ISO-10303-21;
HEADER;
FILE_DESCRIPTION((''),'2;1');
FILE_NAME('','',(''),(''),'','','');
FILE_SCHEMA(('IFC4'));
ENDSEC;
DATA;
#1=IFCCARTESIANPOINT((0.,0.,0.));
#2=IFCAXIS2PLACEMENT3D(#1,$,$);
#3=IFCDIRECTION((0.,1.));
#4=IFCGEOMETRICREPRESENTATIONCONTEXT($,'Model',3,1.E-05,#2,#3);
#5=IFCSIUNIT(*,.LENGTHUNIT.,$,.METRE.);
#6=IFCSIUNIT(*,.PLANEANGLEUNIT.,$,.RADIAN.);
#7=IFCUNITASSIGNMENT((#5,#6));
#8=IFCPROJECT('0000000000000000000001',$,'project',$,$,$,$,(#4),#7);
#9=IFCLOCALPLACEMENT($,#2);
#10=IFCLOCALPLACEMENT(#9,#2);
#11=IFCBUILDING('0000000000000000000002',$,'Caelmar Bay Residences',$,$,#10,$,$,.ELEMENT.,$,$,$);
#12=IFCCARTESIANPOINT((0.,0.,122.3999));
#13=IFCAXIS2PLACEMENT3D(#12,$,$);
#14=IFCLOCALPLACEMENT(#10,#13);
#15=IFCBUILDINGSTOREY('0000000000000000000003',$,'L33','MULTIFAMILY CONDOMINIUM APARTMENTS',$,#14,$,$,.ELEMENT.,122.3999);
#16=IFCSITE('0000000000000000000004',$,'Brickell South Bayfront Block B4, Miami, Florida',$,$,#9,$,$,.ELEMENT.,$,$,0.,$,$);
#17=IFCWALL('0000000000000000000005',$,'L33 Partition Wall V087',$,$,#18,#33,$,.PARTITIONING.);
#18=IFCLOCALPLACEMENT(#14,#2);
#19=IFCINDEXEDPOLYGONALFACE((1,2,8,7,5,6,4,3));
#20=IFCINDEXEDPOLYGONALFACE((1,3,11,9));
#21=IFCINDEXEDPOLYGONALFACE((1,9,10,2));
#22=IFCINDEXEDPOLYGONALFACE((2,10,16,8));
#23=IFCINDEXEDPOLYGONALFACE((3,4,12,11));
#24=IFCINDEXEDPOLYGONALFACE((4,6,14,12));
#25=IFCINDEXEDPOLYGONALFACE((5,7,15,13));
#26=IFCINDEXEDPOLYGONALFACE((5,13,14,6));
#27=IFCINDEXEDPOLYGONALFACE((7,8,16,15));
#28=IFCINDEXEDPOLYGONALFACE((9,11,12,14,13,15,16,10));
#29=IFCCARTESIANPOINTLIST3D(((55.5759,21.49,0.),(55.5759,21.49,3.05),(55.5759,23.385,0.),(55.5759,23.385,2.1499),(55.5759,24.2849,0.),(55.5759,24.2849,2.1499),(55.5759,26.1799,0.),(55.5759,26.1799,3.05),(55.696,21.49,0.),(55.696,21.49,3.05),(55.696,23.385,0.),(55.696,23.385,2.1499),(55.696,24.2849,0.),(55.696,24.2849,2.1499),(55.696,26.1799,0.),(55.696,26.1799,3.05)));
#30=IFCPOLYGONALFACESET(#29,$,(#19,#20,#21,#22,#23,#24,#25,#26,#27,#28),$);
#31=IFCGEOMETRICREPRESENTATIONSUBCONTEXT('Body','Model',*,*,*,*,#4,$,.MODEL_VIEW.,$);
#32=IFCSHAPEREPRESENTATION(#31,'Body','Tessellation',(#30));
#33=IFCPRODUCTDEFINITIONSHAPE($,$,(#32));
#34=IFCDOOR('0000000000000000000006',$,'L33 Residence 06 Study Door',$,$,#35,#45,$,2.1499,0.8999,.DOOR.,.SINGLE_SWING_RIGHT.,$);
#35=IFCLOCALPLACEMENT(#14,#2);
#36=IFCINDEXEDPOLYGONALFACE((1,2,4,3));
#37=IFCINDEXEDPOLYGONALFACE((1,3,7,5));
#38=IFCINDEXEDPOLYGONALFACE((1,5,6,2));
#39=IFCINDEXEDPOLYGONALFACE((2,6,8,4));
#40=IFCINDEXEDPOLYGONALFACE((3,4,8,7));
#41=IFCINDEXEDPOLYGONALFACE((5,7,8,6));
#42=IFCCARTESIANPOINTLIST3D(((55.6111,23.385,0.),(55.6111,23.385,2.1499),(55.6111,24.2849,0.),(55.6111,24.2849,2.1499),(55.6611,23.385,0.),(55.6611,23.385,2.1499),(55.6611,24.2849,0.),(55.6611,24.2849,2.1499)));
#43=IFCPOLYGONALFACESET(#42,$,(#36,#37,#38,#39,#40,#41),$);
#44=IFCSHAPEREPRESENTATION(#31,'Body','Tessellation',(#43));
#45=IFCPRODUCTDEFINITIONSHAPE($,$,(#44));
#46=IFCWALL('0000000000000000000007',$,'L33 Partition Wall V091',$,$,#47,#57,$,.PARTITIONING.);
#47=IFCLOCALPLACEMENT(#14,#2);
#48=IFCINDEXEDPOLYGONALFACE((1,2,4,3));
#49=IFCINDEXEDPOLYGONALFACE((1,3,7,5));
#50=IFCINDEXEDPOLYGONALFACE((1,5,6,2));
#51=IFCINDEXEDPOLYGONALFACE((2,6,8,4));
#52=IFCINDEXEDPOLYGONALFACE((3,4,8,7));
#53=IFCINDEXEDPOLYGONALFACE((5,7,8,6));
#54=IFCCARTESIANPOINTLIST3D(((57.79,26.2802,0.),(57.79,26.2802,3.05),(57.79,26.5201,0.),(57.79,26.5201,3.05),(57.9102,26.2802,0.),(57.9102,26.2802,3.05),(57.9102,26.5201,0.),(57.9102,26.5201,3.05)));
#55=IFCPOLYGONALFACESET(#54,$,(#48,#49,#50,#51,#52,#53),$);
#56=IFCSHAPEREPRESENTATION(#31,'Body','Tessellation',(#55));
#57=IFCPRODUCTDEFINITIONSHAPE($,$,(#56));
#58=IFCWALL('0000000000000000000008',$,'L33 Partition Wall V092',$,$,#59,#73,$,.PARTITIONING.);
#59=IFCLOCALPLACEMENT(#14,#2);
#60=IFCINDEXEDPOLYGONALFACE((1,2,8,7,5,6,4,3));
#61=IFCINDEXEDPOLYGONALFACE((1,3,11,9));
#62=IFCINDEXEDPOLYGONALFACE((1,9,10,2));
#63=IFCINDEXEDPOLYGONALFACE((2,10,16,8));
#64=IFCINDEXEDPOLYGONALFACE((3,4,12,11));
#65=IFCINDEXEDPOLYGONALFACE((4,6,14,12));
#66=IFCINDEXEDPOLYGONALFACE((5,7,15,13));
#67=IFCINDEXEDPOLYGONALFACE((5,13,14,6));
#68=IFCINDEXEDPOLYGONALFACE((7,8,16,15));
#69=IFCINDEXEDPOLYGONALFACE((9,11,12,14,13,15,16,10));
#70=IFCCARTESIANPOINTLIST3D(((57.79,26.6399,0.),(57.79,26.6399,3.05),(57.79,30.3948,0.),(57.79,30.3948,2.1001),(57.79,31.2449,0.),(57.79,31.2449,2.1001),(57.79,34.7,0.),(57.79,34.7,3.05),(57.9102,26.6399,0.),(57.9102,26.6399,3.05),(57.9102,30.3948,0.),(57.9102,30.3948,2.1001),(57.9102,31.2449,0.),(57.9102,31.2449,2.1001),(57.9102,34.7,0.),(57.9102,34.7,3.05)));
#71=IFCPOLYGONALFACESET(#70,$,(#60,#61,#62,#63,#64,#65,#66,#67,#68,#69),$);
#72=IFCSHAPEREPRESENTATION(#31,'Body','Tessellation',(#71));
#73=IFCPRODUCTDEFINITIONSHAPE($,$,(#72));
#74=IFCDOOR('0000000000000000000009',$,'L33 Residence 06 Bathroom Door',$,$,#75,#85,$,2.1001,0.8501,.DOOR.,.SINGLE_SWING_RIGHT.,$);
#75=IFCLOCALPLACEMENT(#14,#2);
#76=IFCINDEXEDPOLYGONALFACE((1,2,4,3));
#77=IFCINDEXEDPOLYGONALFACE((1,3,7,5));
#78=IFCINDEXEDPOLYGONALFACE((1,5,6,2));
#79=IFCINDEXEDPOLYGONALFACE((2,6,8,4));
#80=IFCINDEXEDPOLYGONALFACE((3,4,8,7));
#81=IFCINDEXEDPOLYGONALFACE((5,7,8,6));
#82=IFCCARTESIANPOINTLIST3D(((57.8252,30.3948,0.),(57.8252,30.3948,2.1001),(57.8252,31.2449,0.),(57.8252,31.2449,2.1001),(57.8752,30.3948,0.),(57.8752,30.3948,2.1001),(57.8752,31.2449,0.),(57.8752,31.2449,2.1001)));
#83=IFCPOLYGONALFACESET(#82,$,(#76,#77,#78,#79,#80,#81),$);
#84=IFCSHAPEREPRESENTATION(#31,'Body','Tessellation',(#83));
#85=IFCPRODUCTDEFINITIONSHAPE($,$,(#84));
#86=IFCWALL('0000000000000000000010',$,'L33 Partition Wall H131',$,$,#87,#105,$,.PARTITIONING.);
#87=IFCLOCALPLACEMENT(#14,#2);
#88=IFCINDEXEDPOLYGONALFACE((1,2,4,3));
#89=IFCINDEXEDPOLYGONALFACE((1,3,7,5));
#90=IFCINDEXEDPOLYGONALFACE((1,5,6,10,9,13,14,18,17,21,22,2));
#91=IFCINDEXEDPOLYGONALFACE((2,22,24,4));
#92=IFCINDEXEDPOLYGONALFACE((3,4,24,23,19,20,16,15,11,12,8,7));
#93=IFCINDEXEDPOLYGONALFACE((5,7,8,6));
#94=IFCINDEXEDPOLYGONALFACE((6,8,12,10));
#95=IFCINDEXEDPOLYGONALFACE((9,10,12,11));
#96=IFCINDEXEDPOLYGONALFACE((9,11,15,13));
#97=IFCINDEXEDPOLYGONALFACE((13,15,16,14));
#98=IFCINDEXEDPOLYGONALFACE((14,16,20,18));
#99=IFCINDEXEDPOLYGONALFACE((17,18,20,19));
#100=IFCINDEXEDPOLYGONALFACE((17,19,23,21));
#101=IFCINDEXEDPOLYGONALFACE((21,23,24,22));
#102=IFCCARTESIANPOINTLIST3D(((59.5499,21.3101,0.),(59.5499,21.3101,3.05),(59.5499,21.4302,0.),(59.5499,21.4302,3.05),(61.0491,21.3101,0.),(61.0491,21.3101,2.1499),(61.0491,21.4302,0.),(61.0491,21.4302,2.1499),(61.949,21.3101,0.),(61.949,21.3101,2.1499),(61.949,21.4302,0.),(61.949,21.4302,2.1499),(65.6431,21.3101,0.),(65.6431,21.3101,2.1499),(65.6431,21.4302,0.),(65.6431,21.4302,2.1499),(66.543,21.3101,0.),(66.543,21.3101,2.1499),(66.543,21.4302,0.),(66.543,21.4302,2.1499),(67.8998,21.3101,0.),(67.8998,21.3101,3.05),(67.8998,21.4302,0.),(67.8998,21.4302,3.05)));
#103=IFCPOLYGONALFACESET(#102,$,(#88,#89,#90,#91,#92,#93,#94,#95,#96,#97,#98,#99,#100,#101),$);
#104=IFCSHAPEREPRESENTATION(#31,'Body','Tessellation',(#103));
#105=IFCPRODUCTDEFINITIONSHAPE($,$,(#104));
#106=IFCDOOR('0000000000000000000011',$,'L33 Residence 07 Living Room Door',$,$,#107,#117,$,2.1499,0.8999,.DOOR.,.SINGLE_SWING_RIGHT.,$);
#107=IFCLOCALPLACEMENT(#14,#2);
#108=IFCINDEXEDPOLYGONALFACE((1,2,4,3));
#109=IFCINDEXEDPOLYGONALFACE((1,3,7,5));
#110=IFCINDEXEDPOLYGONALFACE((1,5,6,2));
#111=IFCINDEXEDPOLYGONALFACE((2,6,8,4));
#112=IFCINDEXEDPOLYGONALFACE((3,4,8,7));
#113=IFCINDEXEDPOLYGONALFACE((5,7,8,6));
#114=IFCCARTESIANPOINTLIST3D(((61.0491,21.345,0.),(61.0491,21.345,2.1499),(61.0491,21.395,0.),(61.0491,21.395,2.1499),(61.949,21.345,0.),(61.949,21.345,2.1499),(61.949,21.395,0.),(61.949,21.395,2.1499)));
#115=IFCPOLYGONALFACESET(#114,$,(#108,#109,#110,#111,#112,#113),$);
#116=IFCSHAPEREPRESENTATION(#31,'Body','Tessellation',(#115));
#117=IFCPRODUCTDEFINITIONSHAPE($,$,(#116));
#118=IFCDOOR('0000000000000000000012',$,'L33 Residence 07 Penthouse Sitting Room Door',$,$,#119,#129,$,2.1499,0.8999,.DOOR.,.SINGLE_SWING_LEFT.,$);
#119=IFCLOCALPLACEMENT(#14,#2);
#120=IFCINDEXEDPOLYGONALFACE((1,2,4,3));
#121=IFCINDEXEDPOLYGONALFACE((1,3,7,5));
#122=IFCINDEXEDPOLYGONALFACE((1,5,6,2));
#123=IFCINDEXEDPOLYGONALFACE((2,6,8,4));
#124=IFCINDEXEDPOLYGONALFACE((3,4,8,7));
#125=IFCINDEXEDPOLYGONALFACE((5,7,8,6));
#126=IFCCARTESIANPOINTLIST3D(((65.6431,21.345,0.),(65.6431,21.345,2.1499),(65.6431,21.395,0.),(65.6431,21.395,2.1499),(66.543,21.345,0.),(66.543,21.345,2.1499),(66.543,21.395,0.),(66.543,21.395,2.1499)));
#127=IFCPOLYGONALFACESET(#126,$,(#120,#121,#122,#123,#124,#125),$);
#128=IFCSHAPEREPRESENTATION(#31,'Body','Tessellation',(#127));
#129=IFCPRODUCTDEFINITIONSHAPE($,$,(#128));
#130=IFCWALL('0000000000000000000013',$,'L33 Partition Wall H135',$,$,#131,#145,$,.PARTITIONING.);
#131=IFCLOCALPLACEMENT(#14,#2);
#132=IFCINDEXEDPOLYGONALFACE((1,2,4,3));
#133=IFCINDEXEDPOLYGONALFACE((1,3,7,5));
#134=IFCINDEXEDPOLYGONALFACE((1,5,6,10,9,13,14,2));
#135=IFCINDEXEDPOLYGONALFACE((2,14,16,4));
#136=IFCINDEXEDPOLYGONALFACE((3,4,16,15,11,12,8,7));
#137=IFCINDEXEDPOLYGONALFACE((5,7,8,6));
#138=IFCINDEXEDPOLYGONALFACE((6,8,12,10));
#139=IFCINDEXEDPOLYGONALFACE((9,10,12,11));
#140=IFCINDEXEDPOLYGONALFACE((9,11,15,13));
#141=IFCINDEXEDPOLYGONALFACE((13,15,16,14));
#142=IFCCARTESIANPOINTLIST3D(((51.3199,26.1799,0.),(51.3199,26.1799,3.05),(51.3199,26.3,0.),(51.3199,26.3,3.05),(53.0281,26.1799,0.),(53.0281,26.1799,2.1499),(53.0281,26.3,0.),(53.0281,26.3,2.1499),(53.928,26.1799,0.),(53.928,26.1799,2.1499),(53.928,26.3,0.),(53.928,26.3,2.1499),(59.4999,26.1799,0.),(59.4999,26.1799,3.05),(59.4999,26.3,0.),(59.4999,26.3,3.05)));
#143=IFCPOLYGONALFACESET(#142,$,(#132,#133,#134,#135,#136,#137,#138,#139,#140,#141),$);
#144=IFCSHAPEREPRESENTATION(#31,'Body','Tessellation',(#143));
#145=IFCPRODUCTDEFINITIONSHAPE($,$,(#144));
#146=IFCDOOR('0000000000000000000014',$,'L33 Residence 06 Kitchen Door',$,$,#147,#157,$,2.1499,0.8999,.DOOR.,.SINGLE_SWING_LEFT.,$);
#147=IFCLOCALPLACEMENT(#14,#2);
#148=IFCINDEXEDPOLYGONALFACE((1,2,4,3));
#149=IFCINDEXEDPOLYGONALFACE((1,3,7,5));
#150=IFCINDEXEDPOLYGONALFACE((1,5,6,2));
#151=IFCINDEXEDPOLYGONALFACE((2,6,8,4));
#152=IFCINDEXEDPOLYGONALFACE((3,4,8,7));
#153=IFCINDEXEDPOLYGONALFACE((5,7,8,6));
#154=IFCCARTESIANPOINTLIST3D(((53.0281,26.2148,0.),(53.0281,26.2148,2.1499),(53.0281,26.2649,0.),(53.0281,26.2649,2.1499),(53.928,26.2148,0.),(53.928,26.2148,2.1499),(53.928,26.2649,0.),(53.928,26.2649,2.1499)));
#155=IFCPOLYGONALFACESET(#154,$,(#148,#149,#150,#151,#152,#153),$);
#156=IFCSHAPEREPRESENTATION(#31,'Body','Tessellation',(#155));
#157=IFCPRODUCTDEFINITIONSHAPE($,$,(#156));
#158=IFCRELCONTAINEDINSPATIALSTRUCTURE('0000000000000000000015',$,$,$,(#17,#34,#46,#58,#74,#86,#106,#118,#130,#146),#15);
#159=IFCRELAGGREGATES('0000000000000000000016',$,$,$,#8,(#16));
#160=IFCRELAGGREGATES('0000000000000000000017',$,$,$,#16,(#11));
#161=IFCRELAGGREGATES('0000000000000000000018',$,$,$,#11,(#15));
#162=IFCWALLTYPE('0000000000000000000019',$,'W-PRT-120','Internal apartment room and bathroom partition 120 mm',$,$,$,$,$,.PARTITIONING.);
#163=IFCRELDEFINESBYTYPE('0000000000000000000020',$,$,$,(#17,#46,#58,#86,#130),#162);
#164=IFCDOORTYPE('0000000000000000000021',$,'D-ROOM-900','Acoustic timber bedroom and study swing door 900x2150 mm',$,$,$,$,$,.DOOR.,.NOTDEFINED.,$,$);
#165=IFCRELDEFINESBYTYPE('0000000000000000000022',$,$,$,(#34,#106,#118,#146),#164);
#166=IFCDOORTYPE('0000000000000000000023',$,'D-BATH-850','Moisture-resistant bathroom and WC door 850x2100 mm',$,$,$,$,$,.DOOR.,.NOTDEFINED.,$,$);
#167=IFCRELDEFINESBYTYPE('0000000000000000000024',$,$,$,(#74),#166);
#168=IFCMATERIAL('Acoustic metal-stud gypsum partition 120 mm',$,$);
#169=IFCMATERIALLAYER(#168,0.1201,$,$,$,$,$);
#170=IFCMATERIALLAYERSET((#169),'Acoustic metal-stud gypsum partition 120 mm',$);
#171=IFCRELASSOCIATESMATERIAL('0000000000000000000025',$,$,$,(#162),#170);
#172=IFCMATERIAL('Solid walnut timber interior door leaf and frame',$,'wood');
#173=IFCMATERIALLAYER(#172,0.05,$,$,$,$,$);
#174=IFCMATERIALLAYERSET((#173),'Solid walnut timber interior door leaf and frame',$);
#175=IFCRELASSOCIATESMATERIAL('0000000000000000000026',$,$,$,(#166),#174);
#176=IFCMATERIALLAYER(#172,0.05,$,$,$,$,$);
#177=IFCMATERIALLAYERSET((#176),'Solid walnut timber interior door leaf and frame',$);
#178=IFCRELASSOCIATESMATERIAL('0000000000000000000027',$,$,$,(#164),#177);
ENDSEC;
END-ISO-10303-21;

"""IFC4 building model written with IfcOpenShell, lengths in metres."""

from ifc_helpers import new_model, si_unit, direction, frame, frame_2d, origin, place, context, subcontext, project, spatial, rectangle, extrude, material, layer, layer_set, type_object, element, fill, save


model = new_model("IFC4")

# Units and contexts
model_context = context("Model", 3, precision=1e-05, world=origin(), true_north=direction((0.0, 1.0)))
body_context = subcontext(model_context, "Body", "Model", "MODEL_VIEW")
ifc_project = project(units=[si_unit("LENGTHUNIT", "METRE"), si_unit("PLANEANGLEUNIT", "RADIAN")], contexts=[model_context])

# Site, building, storey
site_placement = place(None, origin())
site = spatial("IfcSite", under=ifc_project, at=site_placement, Name="Brickell South Bayfront Block B4, Miami, Florida", CompositionType="ELEMENT", RefElevation=0.0)
building_placement = place(site_placement, origin())
building = spatial("IfcBuilding", under=site, at=building_placement, Name="Caelmar Bay Residences", CompositionType="ELEMENT")
storey_placement = place(building_placement, frame((0.0, 0.0, 122.3999)))
storey = spatial("IfcBuildingStorey", under=building, at=storey_placement, Name="L33", Description="MULTIFAMILY CONDOMINIUM APARTMENTS", CompositionType="ELEMENT", Elevation=122.3999)

# Wall, opening, door
ifc_material_1 = material(Name="Acoustic metal-stud gypsum partition 120 mm")
ifc_layer_1 = layer(ifc_material_1, 0.1201)
ifc_layer_set_1 = layer_set([ifc_layer_1], Name="Acoustic metal-stud gypsum partition 120 mm")
wall_type_1 = type_object("IfcWallType", Name="W-PRT-120", Description="Internal apartment room and bathroom partition 120 mm", PredefinedType="PARTITIONING", material=ifc_layer_set_1)
ifc_material_2 = material(Name="Solid walnut timber interior door leaf and frame", Category="wood")
ifc_layer_2 = layer(ifc_material_2, 0.05)
ifc_layer_set_2 = layer_set([ifc_layer_2], Name="Solid walnut timber interior door leaf and frame")
door_type_1 = type_object("IfcDoorType", Name="D-BATH-850", Description="Moisture-resistant bathroom and WC door 850x2100 mm", OperationType="NOTDEFINED", PredefinedType="DOOR", material=ifc_layer_set_2)
wall_1_placement = place(storey_placement, frame((55.636, 21.49, 0.0), z_axis=(0.0, 0.0, 1.0), x_axis=(0.0, 1.0, 0.0)))
wall_1 = element("IfcWall", 1, at=wall_1_placement, inside=storey, type_object=wall_type_1, Name="L33 Partition Wall V087", PredefinedType="PARTITIONING", context=body_context, shape_type="SweptSolid", body=[
    extrude(rectangle(XDim=4.6899, YDim=0.1201, at=frame_2d((2.345, 0.0))), origin(), (0.0, 0.0, 1.0), 3.05),
])
opening_1_placement = place(wall_1_placement, frame((1.895, 0.0, 0.0)))
opening_1 = element("IfcOpeningElement", 2, at=opening_1_placement, cuts=wall_1, PredefinedType="OPENING", context=body_context, shape_type="SweptSolid", body=[
    extrude(rectangle(XDim=0.8999, YDim=2.1499, at=frame_2d((0.45, 1.075))), frame((0.0, 0.0701, 0.0), z_axis=(0.0, -1.0, 0.0), x_axis=(1.0, 0.0, 0.0)), (0.0, 0.0, 1.0), 0.1401),
])
ifc_layer_3 = layer(ifc_material_2, 0.05)
ifc_layer_set_3 = layer_set([ifc_layer_3], Name="Solid walnut timber interior door leaf and frame")
door_type_2 = type_object("IfcDoorType", Name="D-ROOM-900", Description="Acoustic timber bedroom and study swing door 900x2150 mm", OperationType="NOTDEFINED", PredefinedType="DOOR", material=ifc_layer_set_3)
door_1_placement = place(opening_1_placement, origin())
door_1 = element("IfcDoor", 3, at=door_1_placement, inside=storey, type_object=door_type_2, Name="L33 Residence 06 Study Door", OperationType="SINGLE_SWING_RIGHT", OverallHeight=2.1499, OverallWidth=0.8999, PredefinedType="DOOR", context=body_context, shape_type="SweptSolid", body=[
    extrude(rectangle(XDim=0.8999, YDim=2.1499, at=frame_2d((0.45, 1.075))), frame((0.0, 0.0249, 0.0), z_axis=(0.0, -1.0, 0.0), x_axis=(1.0, 0.0, 0.0)), (0.0, 0.0, 1.0), 0.05),
])
fill(opening_1, door_1)

# Wall
wall_2_placement = place(storey_placement, frame((57.8501, 26.28, 0.0), z_axis=(0.0, 0.0, 1.0), x_axis=(0.0, 1.0, 0.0)))
element("IfcWall", 4, at=wall_2_placement, inside=storey, type_object=wall_type_1, Name="L33 Partition Wall V091", PredefinedType="PARTITIONING", context=body_context, shape_type="SweptSolid", body=[
    extrude(rectangle(XDim=0.24, YDim=0.1201, at=frame_2d((0.1201, 0.0))), origin(), (0.0, 0.0, 1.0), 3.05),
])

# Wall, opening, door
wall_3_placement = place(storey_placement, frame((57.8501, 26.6399, 0.0), z_axis=(0.0, 0.0, 1.0), x_axis=(0.0, 1.0, 0.0)))
wall_3 = element("IfcWall", 5, at=wall_3_placement, inside=storey, type_object=wall_type_1, Name="L33 Partition Wall V092", PredefinedType="PARTITIONING", context=body_context, shape_type="SweptSolid", body=[
    extrude(rectangle(XDim=8.0601, YDim=0.1201, at=frame_2d((4.03, 0.0))), origin(), (0.0, 0.0, 1.0), 3.05),
])
opening_2_placement = place(wall_3_placement, frame((3.7549, 0.0, 0.0)))
opening_2 = element("IfcOpeningElement", 6, at=opening_2_placement, cuts=wall_3, PredefinedType="OPENING", context=body_context, shape_type="SweptSolid", body=[
    extrude(rectangle(XDim=0.8501, YDim=2.1001, at=frame_2d((0.425, 1.05))), frame((0.0, 0.0701, 0.0), z_axis=(0.0, -1.0, 0.0), x_axis=(1.0, 0.0, 0.0)), (0.0, 0.0, 1.0), 0.1401),
])
door_2_placement = place(opening_2_placement, origin())
door_2 = element("IfcDoor", 7, at=door_2_placement, inside=storey, type_object=door_type_1, Name="L33 Residence 06 Bathroom Door", OperationType="SINGLE_SWING_RIGHT", OverallHeight=2.1001, OverallWidth=0.8501, PredefinedType="DOOR", context=body_context, shape_type="SweptSolid", body=[
    extrude(rectangle(XDim=0.8501, YDim=2.1001, at=frame_2d((0.425, 1.05))), frame((0.0, 0.0249, 0.0), z_axis=(0.0, -1.0, 0.0), x_axis=(1.0, 0.0, 0.0)), (0.0, 0.0, 1.0), 0.05),
])
fill(opening_2, door_2)

# Wall, openings, doors
wall_4_placement = place(storey_placement, frame((59.55, 21.3701, 0.0), z_axis=(0.0, 0.0, 1.0), x_axis=(1.0, 0.0, 0.0)))
wall_4 = element("IfcWall", 8, at=wall_4_placement, inside=storey, type_object=wall_type_1, Name="L33 Partition Wall H131", PredefinedType="PARTITIONING", context=body_context, shape_type="SweptSolid", body=[
    extrude(rectangle(XDim=8.3499, YDim=0.1201, at=frame_2d((4.1748, 0.0))), origin(), (0.0, 0.0, 1.0), 3.05),
])
opening_3_placement = place(wall_4_placement, frame((1.499, 0.0, 0.0)))
opening_3 = element("IfcOpeningElement", 9, at=opening_3_placement, cuts=wall_4, PredefinedType="OPENING", context=body_context, shape_type="SweptSolid", body=[
    extrude(rectangle(XDim=0.8999, YDim=2.1499, at=frame_2d((0.45, 1.075))), frame((0.0, 0.0701, 0.0), z_axis=(0.0, -1.0, 0.0), x_axis=(1.0, 0.0, 0.0)), (0.0, 0.0, 1.0), 0.1401),
])
opening_4_placement = place(wall_4_placement, frame((6.093, 0.0, 0.0)))
opening_4 = element("IfcOpeningElement", 10, at=opening_4_placement, cuts=wall_4, PredefinedType="OPENING", context=body_context, shape_type="SweptSolid", body=[
    extrude(rectangle(XDim=0.8999, YDim=2.1499, at=frame_2d((0.45, 1.075))), frame((0.0, 0.0701, 0.0), z_axis=(0.0, -1.0, 0.0), x_axis=(1.0, 0.0, 0.0)), (0.0, 0.0, 1.0), 0.1401),
])
door_3_placement = place(opening_3_placement, origin())
door_3 = element("IfcDoor", 11, at=door_3_placement, inside=storey, type_object=door_type_2, Name="L33 Residence 07 Living Room Door", OperationType="SINGLE_SWING_RIGHT", OverallHeight=2.1499, OverallWidth=0.8999, PredefinedType="DOOR", context=body_context, shape_type="SweptSolid", body=[
    extrude(rectangle(XDim=0.8999, YDim=2.1499, at=frame_2d((0.45, 1.075))), frame((0.0, 0.0249, 0.0), z_axis=(0.0, -1.0, 0.0), x_axis=(1.0, 0.0, 0.0)), (0.0, 0.0, 1.0), 0.05),
])
fill(opening_3, door_3)
door_4_placement = place(opening_4_placement, origin())
door_4 = element("IfcDoor", 12, at=door_4_placement, inside=storey, type_object=door_type_2, Name="L33 Residence 07 Penthouse Sitting Room Door", OperationType="SINGLE_SWING_LEFT", OverallHeight=2.1499, OverallWidth=0.8999, PredefinedType="DOOR", context=body_context, shape_type="SweptSolid", body=[
    extrude(rectangle(XDim=0.8999, YDim=2.1499, at=frame_2d((0.45, 1.075))), frame((0.0, 0.0249, 0.0), z_axis=(0.0, -1.0, 0.0), x_axis=(1.0, 0.0, 0.0)), (0.0, 0.0, 1.0), 0.05),
])
fill(opening_4, door_4)

# Wall, opening, door
wall_5_placement = place(storey_placement, frame((51.3201, 26.24, 0.0), z_axis=(0.0, 0.0, 1.0), x_axis=(1.0, 0.0, 0.0)))
wall_5 = element("IfcWall", 13, at=wall_5_placement, inside=storey, type_object=wall_type_1, Name="L33 Partition Wall H135", PredefinedType="PARTITIONING", context=body_context, shape_type="SweptSolid", body=[
    extrude(rectangle(XDim=8.1799, YDim=0.1201, at=frame_2d((4.0898, 0.0))), origin(), (0.0, 0.0, 1.0), 3.05),
])
opening_5_placement = place(wall_5_placement, frame((1.708, 0.0, 0.0)))
opening_5 = element("IfcOpeningElement", 14, at=opening_5_placement, cuts=wall_5, PredefinedType="OPENING", context=body_context, shape_type="SweptSolid", body=[
    extrude(rectangle(XDim=0.8999, YDim=2.1499, at=frame_2d((0.45, 1.075))), frame((0.0, 0.0701, 0.0), z_axis=(0.0, -1.0, 0.0), x_axis=(1.0, 0.0, 0.0)), (0.0, 0.0, 1.0), 0.1401),
])
door_5_placement = place(opening_5_placement, origin())
door_5 = element("IfcDoor", 15, at=door_5_placement, inside=storey, type_object=door_type_2, Name="L33 Residence 06 Kitchen Door", OperationType="SINGLE_SWING_LEFT", OverallHeight=2.1499, OverallWidth=0.8999, PredefinedType="DOOR", context=body_context, shape_type="SweptSolid", body=[
    extrude(rectangle(XDim=0.8999, YDim=2.1499, at=frame_2d((0.45, 1.075))), frame((0.0, 0.0249, 0.0), z_axis=(0.0, -1.0, 0.0), x_axis=(1.0, 0.0, 0.0)), (0.0, 0.0, 1.0), 0.05),
])
fill(opening_5, door_5)

save(model, "model.ifc")
